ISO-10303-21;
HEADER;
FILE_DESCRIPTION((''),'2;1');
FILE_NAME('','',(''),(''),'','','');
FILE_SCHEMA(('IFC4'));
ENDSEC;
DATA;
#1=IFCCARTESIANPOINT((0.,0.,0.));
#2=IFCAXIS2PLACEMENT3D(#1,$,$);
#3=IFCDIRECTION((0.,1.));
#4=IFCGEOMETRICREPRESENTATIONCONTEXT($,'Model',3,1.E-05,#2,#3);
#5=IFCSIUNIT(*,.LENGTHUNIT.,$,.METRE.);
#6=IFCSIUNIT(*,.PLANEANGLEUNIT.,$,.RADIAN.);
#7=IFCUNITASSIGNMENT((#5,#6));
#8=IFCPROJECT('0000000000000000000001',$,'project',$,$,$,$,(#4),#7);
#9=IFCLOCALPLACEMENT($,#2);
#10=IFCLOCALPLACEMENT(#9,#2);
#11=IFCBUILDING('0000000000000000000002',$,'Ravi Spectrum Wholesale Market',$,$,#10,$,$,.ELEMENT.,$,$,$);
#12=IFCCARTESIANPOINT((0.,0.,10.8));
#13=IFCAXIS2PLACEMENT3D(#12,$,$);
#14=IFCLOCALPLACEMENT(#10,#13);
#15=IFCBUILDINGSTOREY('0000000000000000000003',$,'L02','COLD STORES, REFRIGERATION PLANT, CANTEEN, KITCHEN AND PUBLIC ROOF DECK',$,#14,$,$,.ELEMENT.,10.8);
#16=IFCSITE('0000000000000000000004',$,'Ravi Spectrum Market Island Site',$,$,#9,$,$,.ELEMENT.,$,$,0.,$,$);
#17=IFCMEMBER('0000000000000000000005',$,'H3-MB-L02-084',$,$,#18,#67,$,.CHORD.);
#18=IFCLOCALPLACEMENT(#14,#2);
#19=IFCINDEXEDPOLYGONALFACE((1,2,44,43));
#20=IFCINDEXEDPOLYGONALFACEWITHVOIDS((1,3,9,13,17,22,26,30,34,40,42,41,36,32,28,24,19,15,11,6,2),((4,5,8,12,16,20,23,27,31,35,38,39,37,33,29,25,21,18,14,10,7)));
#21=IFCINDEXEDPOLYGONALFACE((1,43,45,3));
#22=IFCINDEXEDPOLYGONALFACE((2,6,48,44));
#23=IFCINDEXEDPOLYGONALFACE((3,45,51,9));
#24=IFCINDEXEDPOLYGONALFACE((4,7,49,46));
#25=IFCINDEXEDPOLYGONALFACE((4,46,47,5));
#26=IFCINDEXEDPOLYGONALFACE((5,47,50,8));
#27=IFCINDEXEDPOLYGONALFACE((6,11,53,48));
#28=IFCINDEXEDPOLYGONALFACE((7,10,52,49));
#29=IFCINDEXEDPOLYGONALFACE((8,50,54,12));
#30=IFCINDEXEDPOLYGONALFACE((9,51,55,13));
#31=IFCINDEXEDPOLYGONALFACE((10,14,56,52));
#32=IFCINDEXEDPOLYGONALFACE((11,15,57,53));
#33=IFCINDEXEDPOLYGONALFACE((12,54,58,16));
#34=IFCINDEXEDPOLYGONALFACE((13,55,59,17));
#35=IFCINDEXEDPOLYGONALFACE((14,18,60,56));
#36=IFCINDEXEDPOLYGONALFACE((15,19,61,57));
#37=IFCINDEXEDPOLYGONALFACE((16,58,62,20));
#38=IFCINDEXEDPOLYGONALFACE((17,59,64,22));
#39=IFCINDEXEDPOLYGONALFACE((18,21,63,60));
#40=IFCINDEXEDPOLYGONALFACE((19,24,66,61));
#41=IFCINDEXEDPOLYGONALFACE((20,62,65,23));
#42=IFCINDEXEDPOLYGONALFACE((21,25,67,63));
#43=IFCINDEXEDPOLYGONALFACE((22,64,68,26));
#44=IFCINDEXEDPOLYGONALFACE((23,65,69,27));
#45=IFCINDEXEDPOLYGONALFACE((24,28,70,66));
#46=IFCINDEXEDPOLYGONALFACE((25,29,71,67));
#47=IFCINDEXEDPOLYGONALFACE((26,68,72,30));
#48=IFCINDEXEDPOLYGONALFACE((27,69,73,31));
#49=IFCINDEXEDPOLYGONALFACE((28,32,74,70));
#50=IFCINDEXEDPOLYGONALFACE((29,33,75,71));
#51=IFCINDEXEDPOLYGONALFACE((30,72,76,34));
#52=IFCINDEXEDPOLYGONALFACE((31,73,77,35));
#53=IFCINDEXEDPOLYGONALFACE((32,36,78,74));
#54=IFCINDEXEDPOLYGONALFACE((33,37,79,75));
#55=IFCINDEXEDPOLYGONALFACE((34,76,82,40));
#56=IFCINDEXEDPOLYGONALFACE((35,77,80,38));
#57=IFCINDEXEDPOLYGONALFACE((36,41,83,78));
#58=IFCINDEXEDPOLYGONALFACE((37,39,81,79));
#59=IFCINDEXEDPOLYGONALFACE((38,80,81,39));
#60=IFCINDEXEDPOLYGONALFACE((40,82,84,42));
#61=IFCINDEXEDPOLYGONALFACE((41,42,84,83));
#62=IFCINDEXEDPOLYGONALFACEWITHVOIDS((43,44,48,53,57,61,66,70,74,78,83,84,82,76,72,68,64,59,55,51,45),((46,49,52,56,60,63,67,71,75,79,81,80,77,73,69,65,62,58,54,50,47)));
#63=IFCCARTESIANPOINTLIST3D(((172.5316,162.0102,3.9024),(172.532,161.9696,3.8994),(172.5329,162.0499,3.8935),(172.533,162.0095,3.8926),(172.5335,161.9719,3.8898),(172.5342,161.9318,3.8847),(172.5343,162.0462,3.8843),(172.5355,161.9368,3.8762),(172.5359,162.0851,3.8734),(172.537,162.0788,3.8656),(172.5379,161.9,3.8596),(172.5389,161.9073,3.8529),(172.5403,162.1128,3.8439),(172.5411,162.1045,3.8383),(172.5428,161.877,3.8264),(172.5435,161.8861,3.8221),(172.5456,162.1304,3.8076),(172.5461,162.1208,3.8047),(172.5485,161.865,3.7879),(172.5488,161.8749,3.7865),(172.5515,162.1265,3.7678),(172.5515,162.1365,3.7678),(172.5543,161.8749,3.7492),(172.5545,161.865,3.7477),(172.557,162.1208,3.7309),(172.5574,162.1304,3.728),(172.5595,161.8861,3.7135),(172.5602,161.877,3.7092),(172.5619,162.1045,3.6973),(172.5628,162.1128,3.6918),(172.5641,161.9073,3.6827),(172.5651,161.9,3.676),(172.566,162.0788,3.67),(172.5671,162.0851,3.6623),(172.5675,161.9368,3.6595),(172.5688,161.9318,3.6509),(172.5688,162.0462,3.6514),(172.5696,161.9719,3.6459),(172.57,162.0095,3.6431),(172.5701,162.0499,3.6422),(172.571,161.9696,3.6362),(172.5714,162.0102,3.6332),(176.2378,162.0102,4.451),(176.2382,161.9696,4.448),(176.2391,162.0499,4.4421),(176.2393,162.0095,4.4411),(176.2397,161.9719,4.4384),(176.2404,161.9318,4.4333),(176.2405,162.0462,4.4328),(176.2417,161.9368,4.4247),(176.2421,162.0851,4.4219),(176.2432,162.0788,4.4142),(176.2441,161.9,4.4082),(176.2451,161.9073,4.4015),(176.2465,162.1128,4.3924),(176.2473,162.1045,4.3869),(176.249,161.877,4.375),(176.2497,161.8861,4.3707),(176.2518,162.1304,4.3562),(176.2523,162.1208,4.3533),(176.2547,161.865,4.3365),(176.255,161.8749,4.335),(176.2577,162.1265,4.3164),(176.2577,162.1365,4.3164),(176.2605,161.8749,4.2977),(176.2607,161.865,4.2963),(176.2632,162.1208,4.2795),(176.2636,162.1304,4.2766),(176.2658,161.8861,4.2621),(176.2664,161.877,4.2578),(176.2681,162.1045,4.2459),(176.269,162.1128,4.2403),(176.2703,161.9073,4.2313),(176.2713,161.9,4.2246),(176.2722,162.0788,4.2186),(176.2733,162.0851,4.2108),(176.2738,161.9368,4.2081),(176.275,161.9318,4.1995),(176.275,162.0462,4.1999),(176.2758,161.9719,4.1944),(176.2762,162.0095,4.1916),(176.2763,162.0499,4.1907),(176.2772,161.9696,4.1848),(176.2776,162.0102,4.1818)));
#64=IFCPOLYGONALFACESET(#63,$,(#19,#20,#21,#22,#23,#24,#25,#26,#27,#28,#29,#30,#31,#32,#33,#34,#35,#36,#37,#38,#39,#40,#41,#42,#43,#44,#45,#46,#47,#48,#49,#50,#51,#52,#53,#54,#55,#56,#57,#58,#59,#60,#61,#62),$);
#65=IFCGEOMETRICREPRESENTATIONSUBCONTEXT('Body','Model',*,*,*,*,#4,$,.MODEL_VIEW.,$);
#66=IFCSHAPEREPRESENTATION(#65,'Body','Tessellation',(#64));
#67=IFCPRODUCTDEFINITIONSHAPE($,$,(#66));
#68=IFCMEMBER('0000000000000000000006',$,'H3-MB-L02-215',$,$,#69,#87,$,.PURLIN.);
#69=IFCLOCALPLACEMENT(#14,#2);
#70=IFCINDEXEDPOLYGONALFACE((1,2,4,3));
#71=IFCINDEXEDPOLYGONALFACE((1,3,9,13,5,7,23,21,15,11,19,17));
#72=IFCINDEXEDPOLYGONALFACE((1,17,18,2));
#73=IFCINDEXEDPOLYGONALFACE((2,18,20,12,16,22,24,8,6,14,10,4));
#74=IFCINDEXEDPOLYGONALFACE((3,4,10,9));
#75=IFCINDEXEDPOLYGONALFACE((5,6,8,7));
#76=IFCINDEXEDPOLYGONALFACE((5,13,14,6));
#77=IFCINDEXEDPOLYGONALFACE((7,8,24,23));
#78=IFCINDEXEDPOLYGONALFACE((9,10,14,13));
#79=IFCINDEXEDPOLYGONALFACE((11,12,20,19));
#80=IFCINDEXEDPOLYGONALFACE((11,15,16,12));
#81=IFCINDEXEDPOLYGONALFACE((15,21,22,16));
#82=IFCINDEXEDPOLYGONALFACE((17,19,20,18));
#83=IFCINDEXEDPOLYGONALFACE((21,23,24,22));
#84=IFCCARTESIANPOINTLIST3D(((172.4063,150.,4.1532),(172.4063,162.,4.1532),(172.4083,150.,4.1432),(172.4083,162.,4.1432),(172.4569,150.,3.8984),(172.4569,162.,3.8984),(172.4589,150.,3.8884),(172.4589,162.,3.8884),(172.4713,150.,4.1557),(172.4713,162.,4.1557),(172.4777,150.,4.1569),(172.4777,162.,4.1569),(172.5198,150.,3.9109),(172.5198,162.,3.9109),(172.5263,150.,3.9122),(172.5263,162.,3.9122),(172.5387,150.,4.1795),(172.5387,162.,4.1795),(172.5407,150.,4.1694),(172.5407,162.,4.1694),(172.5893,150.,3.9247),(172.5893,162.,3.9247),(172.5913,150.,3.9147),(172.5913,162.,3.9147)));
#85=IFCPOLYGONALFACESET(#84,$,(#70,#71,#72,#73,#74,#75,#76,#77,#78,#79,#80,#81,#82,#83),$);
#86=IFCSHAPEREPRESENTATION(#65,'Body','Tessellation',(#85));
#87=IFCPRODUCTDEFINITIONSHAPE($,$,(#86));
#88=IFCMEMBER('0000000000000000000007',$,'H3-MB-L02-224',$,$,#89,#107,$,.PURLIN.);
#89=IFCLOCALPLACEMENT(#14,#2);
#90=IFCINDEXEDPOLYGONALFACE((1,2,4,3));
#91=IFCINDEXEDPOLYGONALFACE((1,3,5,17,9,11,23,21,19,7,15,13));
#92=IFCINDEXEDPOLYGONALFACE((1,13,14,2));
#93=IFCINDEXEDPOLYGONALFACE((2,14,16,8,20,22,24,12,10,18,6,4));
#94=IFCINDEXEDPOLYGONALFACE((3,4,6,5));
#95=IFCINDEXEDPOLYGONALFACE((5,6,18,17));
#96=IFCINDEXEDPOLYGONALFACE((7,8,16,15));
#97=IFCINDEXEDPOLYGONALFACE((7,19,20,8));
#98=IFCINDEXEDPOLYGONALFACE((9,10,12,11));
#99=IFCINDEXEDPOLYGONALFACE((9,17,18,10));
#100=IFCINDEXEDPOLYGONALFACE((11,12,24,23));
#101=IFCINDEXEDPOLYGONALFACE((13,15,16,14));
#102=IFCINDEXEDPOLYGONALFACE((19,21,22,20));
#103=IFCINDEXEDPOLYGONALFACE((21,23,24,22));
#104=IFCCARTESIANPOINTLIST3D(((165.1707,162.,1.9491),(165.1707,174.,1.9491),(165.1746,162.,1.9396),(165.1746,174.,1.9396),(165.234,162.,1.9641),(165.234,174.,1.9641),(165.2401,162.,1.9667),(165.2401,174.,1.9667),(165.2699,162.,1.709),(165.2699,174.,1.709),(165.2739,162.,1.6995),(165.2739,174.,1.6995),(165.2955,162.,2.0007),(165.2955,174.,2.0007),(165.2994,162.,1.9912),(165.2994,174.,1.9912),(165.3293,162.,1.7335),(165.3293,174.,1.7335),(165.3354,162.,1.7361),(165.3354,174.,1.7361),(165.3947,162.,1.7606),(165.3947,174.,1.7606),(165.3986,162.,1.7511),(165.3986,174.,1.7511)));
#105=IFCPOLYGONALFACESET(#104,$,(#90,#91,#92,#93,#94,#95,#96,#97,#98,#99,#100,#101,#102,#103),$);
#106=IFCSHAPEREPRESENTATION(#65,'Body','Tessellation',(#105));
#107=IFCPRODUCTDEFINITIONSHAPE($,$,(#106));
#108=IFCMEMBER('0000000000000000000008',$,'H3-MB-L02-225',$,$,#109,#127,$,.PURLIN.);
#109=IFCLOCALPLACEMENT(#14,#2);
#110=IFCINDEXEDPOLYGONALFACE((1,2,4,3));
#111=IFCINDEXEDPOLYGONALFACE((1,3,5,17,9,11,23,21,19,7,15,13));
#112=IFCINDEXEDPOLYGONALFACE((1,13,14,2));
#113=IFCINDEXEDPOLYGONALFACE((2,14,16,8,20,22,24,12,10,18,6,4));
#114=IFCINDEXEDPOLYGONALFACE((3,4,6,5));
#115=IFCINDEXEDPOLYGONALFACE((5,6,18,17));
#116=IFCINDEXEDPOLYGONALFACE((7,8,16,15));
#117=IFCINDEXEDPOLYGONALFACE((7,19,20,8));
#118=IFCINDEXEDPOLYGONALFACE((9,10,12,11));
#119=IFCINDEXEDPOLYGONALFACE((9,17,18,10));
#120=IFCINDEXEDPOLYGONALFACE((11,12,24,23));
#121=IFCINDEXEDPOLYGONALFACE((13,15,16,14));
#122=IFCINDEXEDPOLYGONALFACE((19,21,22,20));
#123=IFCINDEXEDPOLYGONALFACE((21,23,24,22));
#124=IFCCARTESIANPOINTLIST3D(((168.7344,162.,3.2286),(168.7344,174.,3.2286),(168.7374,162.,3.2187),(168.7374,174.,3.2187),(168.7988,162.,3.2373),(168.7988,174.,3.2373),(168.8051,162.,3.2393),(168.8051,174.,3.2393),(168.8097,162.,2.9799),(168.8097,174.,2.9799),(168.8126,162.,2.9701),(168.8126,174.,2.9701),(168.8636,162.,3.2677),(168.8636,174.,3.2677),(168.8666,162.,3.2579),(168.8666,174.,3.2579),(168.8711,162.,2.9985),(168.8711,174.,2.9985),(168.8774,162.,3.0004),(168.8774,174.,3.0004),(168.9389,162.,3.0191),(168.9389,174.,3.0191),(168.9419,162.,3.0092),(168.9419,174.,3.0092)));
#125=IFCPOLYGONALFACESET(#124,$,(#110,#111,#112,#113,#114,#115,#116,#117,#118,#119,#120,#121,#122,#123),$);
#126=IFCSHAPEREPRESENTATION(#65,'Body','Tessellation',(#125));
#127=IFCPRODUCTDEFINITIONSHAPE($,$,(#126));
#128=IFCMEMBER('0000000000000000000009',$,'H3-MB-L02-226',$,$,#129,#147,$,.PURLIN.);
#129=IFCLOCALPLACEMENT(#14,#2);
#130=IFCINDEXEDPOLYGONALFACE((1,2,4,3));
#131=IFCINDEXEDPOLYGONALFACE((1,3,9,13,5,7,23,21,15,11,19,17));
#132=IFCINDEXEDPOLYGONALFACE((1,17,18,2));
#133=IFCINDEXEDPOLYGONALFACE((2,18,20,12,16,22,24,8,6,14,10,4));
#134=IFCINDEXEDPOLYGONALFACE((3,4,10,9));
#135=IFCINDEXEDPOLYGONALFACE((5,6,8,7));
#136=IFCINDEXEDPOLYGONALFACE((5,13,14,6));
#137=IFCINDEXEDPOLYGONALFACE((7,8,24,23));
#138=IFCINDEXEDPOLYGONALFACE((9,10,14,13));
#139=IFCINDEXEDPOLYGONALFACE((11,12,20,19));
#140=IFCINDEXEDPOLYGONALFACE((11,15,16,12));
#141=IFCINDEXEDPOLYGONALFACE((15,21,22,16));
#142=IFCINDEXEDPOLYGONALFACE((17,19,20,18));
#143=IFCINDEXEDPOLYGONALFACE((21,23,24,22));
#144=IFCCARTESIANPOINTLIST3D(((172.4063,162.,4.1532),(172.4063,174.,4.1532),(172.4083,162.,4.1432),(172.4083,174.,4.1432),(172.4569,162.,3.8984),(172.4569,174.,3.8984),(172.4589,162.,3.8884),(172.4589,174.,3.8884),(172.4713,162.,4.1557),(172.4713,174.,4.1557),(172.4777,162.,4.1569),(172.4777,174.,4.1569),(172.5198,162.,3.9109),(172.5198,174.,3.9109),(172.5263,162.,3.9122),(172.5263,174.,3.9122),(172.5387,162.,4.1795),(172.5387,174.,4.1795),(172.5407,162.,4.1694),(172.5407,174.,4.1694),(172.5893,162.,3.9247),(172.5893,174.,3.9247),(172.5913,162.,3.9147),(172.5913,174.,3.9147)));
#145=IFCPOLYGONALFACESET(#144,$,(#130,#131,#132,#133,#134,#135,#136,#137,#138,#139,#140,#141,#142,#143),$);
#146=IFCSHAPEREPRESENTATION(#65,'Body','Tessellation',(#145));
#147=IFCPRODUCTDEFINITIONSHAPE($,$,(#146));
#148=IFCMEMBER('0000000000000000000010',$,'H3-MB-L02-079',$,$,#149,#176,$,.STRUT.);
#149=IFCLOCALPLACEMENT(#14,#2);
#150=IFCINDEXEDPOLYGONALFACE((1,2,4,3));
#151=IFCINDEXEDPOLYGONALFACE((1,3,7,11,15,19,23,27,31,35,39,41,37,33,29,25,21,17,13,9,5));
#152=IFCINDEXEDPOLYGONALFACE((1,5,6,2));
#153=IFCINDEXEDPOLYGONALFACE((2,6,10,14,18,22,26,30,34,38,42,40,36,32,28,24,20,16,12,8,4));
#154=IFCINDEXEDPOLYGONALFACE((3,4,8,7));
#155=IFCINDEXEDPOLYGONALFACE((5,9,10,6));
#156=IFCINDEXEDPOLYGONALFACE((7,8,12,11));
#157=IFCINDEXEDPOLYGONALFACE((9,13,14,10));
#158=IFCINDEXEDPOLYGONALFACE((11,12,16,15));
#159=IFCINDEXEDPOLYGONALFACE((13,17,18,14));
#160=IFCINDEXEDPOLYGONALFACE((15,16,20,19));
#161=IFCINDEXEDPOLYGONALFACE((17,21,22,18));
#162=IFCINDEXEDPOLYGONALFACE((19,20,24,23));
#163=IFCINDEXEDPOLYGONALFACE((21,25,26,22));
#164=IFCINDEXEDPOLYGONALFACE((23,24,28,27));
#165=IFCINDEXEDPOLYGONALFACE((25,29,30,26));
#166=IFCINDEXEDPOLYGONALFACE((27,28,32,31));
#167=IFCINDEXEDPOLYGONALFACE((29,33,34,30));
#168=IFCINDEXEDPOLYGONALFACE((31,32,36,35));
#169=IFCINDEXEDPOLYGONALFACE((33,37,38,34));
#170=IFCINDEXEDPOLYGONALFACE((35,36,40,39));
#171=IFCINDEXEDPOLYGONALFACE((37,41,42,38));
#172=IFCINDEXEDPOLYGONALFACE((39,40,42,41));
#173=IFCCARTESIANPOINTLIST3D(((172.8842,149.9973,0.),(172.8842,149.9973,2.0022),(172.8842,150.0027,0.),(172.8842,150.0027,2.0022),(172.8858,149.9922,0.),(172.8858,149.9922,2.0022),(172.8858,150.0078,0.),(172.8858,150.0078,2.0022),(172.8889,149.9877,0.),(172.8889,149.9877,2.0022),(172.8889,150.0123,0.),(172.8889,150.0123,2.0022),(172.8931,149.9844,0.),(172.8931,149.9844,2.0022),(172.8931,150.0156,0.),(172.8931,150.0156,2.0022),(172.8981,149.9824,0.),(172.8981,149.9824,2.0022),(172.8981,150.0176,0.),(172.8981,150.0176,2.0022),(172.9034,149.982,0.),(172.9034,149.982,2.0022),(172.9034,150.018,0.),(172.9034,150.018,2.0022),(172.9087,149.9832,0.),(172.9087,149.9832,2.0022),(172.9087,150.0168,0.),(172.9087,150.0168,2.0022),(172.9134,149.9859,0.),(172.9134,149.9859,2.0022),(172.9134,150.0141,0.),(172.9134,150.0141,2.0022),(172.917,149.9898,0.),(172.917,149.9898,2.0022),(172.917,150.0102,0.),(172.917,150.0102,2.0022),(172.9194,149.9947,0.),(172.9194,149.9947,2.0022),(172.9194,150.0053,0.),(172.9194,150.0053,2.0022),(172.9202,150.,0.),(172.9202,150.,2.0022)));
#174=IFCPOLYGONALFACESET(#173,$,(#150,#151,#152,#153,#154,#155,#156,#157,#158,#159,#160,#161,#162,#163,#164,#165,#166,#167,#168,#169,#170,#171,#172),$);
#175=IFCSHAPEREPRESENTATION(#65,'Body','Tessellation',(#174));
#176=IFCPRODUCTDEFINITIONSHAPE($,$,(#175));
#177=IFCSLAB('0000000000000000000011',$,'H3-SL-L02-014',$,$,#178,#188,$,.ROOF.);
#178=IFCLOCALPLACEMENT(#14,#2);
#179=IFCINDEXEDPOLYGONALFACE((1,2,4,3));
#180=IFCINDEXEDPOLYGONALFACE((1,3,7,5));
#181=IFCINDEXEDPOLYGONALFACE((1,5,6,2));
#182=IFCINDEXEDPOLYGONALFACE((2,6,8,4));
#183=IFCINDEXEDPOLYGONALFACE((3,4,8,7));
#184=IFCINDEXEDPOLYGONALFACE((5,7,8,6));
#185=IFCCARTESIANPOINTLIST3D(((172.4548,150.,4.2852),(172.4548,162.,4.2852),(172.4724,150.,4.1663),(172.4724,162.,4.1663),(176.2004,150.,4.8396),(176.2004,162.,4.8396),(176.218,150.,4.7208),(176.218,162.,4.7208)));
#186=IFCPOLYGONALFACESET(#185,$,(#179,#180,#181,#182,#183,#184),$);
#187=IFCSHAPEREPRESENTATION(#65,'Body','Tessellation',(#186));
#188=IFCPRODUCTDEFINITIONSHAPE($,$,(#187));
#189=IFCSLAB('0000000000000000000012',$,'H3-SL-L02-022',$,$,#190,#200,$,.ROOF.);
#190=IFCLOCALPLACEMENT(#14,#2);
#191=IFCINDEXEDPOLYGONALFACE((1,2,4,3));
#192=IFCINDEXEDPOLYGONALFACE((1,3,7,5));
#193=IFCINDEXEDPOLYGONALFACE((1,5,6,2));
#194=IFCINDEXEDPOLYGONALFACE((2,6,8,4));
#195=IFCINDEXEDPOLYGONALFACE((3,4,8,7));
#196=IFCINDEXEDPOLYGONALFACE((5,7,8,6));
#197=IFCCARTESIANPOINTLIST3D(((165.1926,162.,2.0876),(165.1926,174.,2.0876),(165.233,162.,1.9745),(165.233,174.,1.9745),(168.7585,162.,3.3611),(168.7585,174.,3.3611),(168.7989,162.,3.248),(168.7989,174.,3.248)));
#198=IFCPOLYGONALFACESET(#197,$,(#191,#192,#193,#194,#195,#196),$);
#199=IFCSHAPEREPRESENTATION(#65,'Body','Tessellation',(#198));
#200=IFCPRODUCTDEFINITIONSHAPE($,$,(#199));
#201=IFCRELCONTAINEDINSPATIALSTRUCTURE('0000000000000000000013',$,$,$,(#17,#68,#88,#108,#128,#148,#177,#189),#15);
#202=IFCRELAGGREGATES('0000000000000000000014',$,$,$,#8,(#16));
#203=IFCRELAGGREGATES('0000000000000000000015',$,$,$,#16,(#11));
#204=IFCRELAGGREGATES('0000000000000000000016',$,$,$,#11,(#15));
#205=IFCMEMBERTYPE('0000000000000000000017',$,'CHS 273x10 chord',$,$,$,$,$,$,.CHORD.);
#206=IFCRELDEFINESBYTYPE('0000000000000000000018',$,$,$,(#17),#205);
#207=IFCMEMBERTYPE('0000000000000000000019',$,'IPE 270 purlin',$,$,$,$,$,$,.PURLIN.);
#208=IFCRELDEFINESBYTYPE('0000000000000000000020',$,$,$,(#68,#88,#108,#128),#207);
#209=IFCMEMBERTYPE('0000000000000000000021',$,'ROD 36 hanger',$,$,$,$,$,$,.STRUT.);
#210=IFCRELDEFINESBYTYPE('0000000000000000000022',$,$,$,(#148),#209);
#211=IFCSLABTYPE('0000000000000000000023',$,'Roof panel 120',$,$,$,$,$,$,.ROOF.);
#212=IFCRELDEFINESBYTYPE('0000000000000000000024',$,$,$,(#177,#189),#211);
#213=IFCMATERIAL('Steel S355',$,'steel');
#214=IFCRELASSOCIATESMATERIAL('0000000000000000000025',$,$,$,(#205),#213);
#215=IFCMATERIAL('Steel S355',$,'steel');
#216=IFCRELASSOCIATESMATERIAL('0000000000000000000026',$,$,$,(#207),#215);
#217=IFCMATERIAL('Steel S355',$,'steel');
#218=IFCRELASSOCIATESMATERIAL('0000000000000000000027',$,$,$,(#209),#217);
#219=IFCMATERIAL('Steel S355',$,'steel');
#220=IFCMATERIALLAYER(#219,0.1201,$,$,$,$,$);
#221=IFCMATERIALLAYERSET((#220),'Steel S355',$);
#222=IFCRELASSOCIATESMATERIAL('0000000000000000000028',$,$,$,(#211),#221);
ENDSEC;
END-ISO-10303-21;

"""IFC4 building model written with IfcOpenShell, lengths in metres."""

from ifc_helpers import new_model, si_unit, direction, frame, origin, origin_2d, place, context, subcontext, project, spatial, polyline, circle, hollow_circle, i_section, outline, extrude, material, layer, layer_set, material_profile, profile_set, type_object, element, save


model = new_model("IFC4")

# Units and contexts
model_context = context("Model", 3, precision=1e-05, world=origin(), true_north=direction((0.0, 1.0)))
body_context = subcontext(model_context, "Body", "Model", "MODEL_VIEW")
ifc_project = project(units=[si_unit("LENGTHUNIT", "METRE"), si_unit("PLANEANGLEUNIT", "RADIAN")], contexts=[model_context])

# Site, building, storey
site_placement = place(None, origin())
site = spatial("IfcSite", under=ifc_project, at=site_placement, Name="Ravi Spectrum Market Island Site", CompositionType="ELEMENT", RefElevation=0.0)
building_placement = place(site_placement, origin())
building = spatial("IfcBuilding", under=site, at=building_placement, Name="Ravi Spectrum Wholesale Market", CompositionType="ELEMENT")
storey_placement = place(building_placement, frame((0.0, 0.0, 10.8)))
storey = spatial("IfcBuildingStorey", under=building, at=storey_placement, Name="L02", Description="COLD STORES, REFRIGERATION PLANT, CANTEEN, KITCHEN AND PUBLIC ROOF DECK", CompositionType="ELEMENT", Elevation=10.8)

# Members
ifc_material_1 = material(Name="Steel S355", Category="steel")
ifc_material_profile_1 = material_profile(ifc_material_1, hollow_circle(Radius=0.1365, WallThickness=0.01, at=origin_2d()))
ifc_profile_set_1 = profile_set([ifc_material_profile_1], Name="Steel S355")
member_type_1 = type_object("IfcMemberType", Name="CHS 273x10 chord", PredefinedType="CHORD", material=ifc_profile_set_1)
for number, where, z_axis, x_axis, name in (
    (1, (172.5515, 162.0, 3.7678), (0.989223, 0.0, 0.146419), (0.0, 1.0, 0.0), "H3-MB-L02-084"),
):
    element("IfcMember", number, at=place(storey_placement, frame(where, z_axis=z_axis, x_axis=x_axis)), inside=storey, type_object=member_type_1, Name=name, PredefinedType="CHORD", context=body_context, shape_type="SweptSolid", body=[
        extrude(hollow_circle(Radius=0.1365, WallThickness=0.01, at=origin_2d()), origin(), (0.0, 0.0, 1.0), 3.7466),
    ])
ifc_material_2 = material(Name="Steel S355", Category="steel")
ifc_material_profile_2 = material_profile(ifc_material_2, i_section(OverallWidth=0.135, OverallDepth=0.27, WebThickness=0.0066, FlangeThickness=0.0103, at=origin_2d()))
ifc_profile_set_2 = profile_set([ifc_material_profile_2], Name="Steel S355")
member_type_2 = type_object("IfcMemberType", Name="IPE 270 purlin", PredefinedType="PURLIN", material=ifc_profile_set_2)
for number, where, z_axis, x_axis, name in (
    (2, (172.4988, 150.0, 4.0339), (0.0, 1.0, 0.0), (-0.980857, 0.0, -0.194731), "H3-MB-L02-215"),
    (3, (165.2847, 162.0, 1.8501), (0.0, 1.0, 0.0), (-0.92416, 0.0, -0.382006), "H3-MB-L02-224"),
    (4, (168.8381, 162.0, 3.1189), (0.0, 1.0, 0.0), (-0.9571, 0.0, -0.289758), "H3-MB-L02-225"),
    (5, (172.4988, 162.0, 4.0339), (0.0, 1.0, 0.0), (-0.980857, 0.0, -0.194731), "H3-MB-L02-226"),
):
    element("IfcMember", number, at=place(storey_placement, frame(where, z_axis=z_axis, x_axis=x_axis)), inside=storey, type_object=member_type_2, Name=name, PredefinedType="PURLIN", context=body_context, shape_type="SweptSolid", body=[
        extrude(i_section(OverallWidth=0.135, OverallDepth=0.27, WebThickness=0.0066, FlangeThickness=0.0103, at=origin_2d()), origin(), (0.0, 0.0, 1.0), 12.0),
    ])
ifc_material_3 = material(Name="Steel S355", Category="steel")
ifc_material_profile_3 = material_profile(ifc_material_3, circle(Radius=0.0181, at=origin_2d()))
ifc_profile_set_3 = profile_set([ifc_material_profile_3], Name="Steel S355")
member_type_3 = type_object("IfcMemberType", Name="ROD 36 hanger", PredefinedType="STRUT", material=ifc_profile_set_3)
member_1_placement = place(storey_placement, frame((172.9021, 150.0, 0.0), z_axis=(0.0, 0.0, 1.0), x_axis=(1.0, 0.0, 0.0)))
element("IfcMember", 6, at=member_1_placement, inside=storey, type_object=member_type_3, Name="H3-MB-L02-079", PredefinedType="STRUT", context=body_context, shape_type="SweptSolid", body=[
    extrude(circle(Radius=0.0181, at=origin_2d()), origin(), (0.0, 0.0, 1.0), 2.0022),
])

# Slabs
ifc_material_4 = material(Name="Steel S355", Category="steel")
ifc_layer_1 = layer(ifc_material_4, 0.1201)
ifc_layer_set_1 = layer_set([ifc_layer_1], Name="Steel S355")
slab_type = type_object("IfcSlabType", Name="Roof panel 120", PredefinedType="ROOF", material=ifc_layer_set_1)
slab_1_placement = place(storey_placement, frame((172.4548, 150.0, 4.2852), z_axis=(-0.146429, 0.0, 0.989221), x_axis=(0.989221, 0.0, 0.146429)))
element("IfcSlab", 7, at=slab_1_placement, inside=storey, type_object=slab_type, Name="H3-SL-L02-014", PredefinedType="ROOF", context=body_context, shape_type="SweptSolid", body=[
    extrude(outline(polyline([(0.0, 0.0), (3.7864, 0.0), (3.7864, 12.0), (0.0, 12.0), (0.0, 0.0)])), origin(), (0.0, 0.0, -1.0), 0.1201),
])
slab_2_placement = place(storey_placement, frame((165.1926, 162.0, 2.0876), z_axis=(-0.336312, 0.0, 0.941751), x_axis=(0.941751, 0.0, 0.336312)))
element("IfcSlab", 8, at=slab_2_placement, inside=storey, type_object=slab_type, Name="H3-SL-L02-022", PredefinedType="ROOF", context=body_context, shape_type="SweptSolid", body=[
    extrude(outline(polyline([(0.0, 0.0), (3.7865, 0.0), (3.7865, 12.0), (0.0, 12.0), (0.0, 0.0)])), origin(), (0.0, 0.0, -1.0), 0.1201),
])

save(model, "model.ifc")
